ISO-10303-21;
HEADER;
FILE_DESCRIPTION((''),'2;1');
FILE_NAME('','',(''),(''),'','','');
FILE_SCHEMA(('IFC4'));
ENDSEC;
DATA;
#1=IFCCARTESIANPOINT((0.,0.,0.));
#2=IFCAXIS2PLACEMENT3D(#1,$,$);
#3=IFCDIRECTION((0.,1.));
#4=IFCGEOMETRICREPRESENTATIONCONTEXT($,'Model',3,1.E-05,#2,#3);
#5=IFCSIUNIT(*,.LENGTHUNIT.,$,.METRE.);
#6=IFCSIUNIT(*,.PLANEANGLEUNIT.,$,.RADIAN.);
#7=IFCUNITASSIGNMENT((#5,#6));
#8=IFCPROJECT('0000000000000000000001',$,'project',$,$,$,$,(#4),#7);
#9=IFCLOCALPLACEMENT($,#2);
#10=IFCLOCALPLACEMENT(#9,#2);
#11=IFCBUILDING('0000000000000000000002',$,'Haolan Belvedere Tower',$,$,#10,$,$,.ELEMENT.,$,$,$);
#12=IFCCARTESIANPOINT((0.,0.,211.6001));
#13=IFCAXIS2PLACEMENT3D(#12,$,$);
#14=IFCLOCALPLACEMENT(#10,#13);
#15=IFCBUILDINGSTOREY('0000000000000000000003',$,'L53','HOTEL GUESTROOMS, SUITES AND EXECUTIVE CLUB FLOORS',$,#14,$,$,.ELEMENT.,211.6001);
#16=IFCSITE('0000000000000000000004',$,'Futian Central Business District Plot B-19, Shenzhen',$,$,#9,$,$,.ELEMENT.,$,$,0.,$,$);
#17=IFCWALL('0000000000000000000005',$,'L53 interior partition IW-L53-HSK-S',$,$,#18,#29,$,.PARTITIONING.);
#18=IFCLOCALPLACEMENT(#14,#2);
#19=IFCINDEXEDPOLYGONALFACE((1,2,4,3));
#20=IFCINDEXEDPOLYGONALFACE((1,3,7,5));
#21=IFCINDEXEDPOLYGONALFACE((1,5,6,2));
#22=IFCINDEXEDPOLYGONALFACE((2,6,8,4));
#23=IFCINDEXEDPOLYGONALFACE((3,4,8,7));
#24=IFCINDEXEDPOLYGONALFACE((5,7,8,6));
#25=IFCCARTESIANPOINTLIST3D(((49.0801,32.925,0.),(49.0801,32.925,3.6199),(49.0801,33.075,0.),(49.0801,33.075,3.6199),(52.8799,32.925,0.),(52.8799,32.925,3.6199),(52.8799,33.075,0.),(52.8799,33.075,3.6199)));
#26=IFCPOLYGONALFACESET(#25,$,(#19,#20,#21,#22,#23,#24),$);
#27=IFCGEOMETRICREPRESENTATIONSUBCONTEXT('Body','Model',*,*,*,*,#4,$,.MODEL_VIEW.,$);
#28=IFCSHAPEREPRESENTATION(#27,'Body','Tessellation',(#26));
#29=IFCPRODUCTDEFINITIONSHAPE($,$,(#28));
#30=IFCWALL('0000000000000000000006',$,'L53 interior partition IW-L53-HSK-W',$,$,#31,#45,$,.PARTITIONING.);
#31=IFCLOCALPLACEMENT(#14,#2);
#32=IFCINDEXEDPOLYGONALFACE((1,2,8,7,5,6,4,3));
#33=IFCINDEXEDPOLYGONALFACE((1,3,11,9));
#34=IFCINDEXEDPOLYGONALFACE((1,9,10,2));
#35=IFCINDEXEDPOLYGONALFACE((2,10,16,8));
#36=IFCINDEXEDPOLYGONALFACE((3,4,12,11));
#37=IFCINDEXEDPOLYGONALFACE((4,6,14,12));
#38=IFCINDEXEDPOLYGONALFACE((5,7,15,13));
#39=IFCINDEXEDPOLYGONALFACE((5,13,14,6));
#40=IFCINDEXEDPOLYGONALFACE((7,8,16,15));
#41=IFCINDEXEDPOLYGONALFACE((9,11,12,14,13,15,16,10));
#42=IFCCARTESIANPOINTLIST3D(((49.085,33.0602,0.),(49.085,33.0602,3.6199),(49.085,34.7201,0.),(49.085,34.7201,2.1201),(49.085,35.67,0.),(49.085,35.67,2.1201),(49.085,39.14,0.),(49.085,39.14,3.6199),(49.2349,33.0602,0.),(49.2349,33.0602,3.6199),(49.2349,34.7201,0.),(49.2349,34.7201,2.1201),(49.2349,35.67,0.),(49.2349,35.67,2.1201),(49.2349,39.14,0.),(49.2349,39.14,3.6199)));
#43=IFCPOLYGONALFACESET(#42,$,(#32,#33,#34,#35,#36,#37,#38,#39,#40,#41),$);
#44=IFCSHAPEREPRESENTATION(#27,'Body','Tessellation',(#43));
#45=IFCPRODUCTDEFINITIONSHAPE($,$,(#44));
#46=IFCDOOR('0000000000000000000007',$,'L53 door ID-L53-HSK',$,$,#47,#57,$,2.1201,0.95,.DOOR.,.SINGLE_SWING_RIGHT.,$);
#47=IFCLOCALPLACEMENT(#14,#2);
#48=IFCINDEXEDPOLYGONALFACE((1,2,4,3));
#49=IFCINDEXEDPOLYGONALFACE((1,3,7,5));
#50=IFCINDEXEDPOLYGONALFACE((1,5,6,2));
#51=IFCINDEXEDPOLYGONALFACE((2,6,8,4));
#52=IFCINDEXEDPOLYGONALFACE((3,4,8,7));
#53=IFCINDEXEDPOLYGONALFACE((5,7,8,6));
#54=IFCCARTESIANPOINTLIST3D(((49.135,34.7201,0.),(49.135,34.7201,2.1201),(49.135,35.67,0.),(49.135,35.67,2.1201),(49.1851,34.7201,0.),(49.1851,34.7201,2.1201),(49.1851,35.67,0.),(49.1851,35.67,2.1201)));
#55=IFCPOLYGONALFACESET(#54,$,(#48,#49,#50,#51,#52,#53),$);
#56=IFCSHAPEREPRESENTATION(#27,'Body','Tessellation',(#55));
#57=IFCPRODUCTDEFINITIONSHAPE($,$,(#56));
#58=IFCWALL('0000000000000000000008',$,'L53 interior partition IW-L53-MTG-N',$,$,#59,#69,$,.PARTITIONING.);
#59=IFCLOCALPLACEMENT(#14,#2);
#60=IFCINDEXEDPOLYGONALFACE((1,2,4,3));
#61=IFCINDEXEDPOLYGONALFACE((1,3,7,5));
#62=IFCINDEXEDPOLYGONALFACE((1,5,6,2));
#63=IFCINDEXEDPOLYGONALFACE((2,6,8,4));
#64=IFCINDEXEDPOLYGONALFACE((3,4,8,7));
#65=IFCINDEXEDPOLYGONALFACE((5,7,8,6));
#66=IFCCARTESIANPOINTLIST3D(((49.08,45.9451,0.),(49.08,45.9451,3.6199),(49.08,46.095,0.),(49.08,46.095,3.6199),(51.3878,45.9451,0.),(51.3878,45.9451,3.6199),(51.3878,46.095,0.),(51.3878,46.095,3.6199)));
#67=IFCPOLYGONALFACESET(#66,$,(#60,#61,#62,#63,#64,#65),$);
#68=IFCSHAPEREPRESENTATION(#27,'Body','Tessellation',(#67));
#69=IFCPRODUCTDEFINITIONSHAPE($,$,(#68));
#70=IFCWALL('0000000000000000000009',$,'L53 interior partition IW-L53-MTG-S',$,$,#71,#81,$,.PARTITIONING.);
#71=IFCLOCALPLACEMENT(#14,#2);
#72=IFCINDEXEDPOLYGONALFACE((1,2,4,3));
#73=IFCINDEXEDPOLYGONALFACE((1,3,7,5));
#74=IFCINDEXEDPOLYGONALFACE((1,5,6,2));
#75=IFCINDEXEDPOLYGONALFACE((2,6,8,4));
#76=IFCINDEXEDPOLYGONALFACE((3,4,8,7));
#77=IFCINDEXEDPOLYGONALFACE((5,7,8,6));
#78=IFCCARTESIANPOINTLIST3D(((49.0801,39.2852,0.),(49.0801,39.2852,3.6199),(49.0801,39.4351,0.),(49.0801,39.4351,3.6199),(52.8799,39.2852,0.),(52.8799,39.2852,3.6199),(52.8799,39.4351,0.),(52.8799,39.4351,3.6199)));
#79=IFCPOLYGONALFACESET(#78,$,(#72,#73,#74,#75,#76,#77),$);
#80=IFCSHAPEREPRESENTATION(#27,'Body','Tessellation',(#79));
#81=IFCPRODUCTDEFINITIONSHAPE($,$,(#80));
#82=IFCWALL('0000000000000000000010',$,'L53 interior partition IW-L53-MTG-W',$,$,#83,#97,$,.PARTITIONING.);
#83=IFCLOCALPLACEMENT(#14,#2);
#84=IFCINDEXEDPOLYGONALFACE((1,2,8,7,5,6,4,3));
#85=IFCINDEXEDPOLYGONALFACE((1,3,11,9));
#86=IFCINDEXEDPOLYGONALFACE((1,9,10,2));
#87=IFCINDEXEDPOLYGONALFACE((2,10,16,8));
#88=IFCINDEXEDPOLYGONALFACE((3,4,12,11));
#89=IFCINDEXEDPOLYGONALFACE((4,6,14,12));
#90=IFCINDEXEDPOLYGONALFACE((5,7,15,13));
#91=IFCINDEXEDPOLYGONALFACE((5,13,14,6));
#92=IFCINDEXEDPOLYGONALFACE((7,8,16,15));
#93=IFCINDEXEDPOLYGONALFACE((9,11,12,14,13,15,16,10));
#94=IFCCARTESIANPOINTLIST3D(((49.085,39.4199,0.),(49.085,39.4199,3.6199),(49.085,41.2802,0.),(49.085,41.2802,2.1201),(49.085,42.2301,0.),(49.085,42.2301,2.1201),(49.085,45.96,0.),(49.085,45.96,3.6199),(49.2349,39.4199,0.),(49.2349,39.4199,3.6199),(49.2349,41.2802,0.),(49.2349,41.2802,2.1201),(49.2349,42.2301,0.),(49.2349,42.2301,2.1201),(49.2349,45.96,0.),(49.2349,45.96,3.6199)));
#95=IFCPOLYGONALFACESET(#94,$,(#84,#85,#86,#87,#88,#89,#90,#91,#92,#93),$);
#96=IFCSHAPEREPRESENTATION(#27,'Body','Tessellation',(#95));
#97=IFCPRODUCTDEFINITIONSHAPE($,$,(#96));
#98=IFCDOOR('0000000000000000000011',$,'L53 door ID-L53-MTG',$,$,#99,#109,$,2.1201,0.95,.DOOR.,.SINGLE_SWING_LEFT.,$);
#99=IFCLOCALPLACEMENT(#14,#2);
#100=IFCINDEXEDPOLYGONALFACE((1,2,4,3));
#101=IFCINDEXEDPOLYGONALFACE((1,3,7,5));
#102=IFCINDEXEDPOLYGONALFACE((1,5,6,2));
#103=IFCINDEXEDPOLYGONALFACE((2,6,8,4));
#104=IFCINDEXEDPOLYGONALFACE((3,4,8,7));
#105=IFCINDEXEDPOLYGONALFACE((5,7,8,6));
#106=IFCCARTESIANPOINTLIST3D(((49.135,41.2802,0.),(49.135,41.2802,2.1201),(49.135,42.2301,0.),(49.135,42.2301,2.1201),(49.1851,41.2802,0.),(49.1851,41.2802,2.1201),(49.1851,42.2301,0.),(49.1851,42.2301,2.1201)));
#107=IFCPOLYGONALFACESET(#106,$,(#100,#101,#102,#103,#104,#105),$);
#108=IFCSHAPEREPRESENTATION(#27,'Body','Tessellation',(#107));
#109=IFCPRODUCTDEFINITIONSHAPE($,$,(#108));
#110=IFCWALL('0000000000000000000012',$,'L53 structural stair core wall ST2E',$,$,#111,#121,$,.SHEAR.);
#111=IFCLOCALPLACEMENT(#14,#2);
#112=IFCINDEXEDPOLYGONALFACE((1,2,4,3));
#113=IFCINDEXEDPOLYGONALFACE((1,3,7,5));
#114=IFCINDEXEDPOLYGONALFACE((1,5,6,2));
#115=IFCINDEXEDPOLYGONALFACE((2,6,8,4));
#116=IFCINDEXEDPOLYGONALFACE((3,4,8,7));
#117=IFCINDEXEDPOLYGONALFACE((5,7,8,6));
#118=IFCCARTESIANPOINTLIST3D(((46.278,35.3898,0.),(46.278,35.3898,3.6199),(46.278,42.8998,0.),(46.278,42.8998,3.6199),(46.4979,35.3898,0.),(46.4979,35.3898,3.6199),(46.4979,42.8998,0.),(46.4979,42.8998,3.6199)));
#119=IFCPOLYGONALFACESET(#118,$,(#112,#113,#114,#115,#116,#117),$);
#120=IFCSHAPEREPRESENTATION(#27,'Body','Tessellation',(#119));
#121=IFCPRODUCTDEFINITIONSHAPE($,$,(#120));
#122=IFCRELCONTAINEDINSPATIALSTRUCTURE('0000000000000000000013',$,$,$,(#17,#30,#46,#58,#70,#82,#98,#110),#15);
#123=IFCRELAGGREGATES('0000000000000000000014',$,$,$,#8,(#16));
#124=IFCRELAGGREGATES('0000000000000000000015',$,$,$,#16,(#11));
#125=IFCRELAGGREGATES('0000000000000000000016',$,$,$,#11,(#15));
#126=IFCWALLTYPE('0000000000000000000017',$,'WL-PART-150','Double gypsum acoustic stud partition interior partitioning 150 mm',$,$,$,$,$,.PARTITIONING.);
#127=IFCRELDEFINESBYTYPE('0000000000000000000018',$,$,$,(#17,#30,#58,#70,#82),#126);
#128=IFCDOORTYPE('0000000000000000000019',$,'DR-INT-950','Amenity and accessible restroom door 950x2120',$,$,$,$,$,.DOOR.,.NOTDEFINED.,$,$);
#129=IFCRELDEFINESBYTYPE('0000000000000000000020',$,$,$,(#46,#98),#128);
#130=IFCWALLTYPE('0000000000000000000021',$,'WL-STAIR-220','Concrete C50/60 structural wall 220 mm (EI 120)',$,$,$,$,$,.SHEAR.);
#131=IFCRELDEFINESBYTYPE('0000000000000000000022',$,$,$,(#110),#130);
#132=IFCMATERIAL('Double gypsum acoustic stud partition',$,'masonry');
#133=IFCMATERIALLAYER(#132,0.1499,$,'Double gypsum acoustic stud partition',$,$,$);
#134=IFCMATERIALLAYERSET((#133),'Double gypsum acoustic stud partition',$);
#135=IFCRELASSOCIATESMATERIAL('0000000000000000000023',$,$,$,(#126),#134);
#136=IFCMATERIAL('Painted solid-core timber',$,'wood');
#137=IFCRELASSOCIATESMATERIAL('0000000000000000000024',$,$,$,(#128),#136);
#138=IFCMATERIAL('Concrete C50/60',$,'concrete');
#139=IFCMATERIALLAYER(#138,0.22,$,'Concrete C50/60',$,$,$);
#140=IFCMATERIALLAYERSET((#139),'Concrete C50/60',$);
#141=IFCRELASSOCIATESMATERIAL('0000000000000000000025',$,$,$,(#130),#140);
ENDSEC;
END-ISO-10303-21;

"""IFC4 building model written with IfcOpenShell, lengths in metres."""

from ifc_helpers import new_model, si_unit, direction, frame, frame_2d, origin, place, context, subcontext, project, spatial, rectangle, extrude, material, layer, layer_set, type_object, element, fill, save


model = new_model("IFC4")

# Units and contexts
model_context = context("Model", 3, precision=1e-05, world=origin(), true_north=direction((0.0, 1.0)))
body_context = subcontext(model_context, "Body", "Model", "MODEL_VIEW")
ifc_project = project(units=[si_unit("LENGTHUNIT", "METRE"), si_unit("PLANEANGLEUNIT", "RADIAN")], contexts=[model_context])

# Site, building, storey
site_placement = place(None, origin())
site = spatial("IfcSite", under=ifc_project, at=site_placement, Name="Futian Central Business District Plot B-19, Shenzhen", CompositionType="ELEMENT", RefElevation=0.0)
building_placement = place(site_placement, origin())
building = spatial("IfcBuilding", under=site, at=building_placement, Name="Haolan Belvedere Tower", CompositionType="ELEMENT")
storey_placement = place(building_placement, frame((0.0, 0.0, 211.6001)))
storey = spatial("IfcBuildingStorey", under=building, at=storey_placement, Name="L53", Description="HOTEL GUESTROOMS, SUITES AND EXECUTIVE CLUB FLOORS", CompositionType="ELEMENT", Elevation=211.6001)

# Wall
ifc_material_1 = material(Name="Double gypsum acoustic stud partition", Category="masonry")
ifc_layer_1 = layer(ifc_material_1, 0.1499, Name="Double gypsum acoustic stud partition")
ifc_layer_set_1 = layer_set([ifc_layer_1], Name="Double gypsum acoustic stud partition")
wall_type_1 = type_object("IfcWallType", Name="WL-PART-150", Description="Double gypsum acoustic stud partition interior partitioning 150 mm", PredefinedType="PARTITIONING", material=ifc_layer_set_1)
for number, where, z_axis, x_axis, name in (
    (1, (49.0801, 33.0, 0.0), (0.0, 0.0, 1.0), (1.0, 0.0, 0.0), "L53 interior partition IW-L53-HSK-S"),
):
    element("IfcWall", number, at=place(storey_placement, frame(where, z_axis=z_axis, x_axis=x_axis)), inside=storey, type_object=wall_type_1, Name=name, PredefinedType="PARTITIONING", context=body_context, shape_type="SweptSolid", body=[
        extrude(rectangle(XDim=3.7998, YDim=0.1499, at=frame_2d((1.8999, 0.0))), origin(), (0.0, 0.0, 1.0), 3.6199),
    ])

# Wall, opening, door
wall_1_placement = place(storey_placement, frame((49.1599, 33.0601, 0.0), z_axis=(0.0, 0.0, 1.0), x_axis=(0.0, 1.0, 0.0)))
wall_1 = element("IfcWall", 2, at=wall_1_placement, inside=storey, type_object=wall_type_1, Name="L53 interior partition IW-L53-HSK-W", PredefinedType="PARTITIONING", context=body_context, shape_type="SweptSolid", body=[
    extrude(rectangle(XDim=6.0798, YDim=0.1499, at=frame_2d((3.04, 0.0))), origin(), (0.0, 0.0, 1.0), 3.6199),
])
opening_1_placement = place(wall_1_placement, frame((1.6599, 0.0, 0.0)))
opening_1 = element("IfcOpeningElement", 3, at=opening_1_placement, cuts=wall_1, PredefinedType="OPENING", context=body_context, shape_type="SweptSolid", body=[
    extrude(rectangle(XDim=0.95, YDim=2.1201, at=frame_2d((0.4751, 1.0601))), frame((0.0, 0.085, 0.0), z_axis=(0.0, -1.0, 0.0), x_axis=(1.0, 0.0, 0.0)), (0.0, 0.0, 1.0), 0.1699),
])
ifc_material_2 = material(Name="Painted solid-core timber", Category="wood")
door_type = type_object("IfcDoorType", Name="DR-INT-950", Description="Amenity and accessible restroom door 950x2120", OperationType="NOTDEFINED", PredefinedType="DOOR", material=ifc_material_2)
door_1_placement = place(opening_1_placement, origin())
door_1 = element("IfcDoor", 4, at=door_1_placement, inside=storey, type_object=door_type, Name="L53 door ID-L53-HSK", OperationType="SINGLE_SWING_RIGHT", OverallHeight=2.1201, OverallWidth=0.95, PredefinedType="DOOR", context=body_context, shape_type="SweptSolid", body=[
    extrude(rectangle(XDim=0.95, YDim=2.1201, at=frame_2d((0.4751, 1.0601))), frame((0.0, 0.0249, 0.0), z_axis=(0.0, -1.0, 0.0), x_axis=(1.0, 0.0, 0.0)), (0.0, 0.0, 1.0), 0.05),
])
fill(opening_1, door_1)

# Walls
wall_2_placement = place(storey_placement, frame((49.0801, 46.02, 0.0), z_axis=(0.0, 0.0, 1.0), x_axis=(1.0, 0.0, 0.0)))
element("IfcWall", 5, at=wall_2_placement, inside=storey, type_object=wall_type_1, Name="L53 interior partition IW-L53-MTG-N", PredefinedType="PARTITIONING", context=body_context, shape_type="SweptSolid", body=[
    extrude(rectangle(XDim=2.3079, YDim=0.1499, at=frame_2d((1.1538, 0.0))), origin(), (0.0, 0.0, 1.0), 3.6199),
])
wall_3_placement = place(storey_placement, frame((49.0801, 39.3601, 0.0), z_axis=(0.0, 0.0, 1.0), x_axis=(1.0, 0.0, 0.0)))
element("IfcWall", 6, at=wall_3_placement, inside=storey, type_object=wall_type_1, Name="L53 interior partition IW-L53-MTG-S", PredefinedType="PARTITIONING", context=body_context, shape_type="SweptSolid", body=[
    extrude(rectangle(XDim=3.7998, YDim=0.1499, at=frame_2d((1.8999, 0.0))), origin(), (0.0, 0.0, 1.0), 3.6199),
])

# Wall, opening, door
wall_4_placement = place(storey_placement, frame((49.1599, 39.4199, 0.0), z_axis=(0.0, 0.0, 1.0), x_axis=(0.0, 1.0, 0.0)))
wall_4 = element("IfcWall", 7, at=wall_4_placement, inside=storey, type_object=wall_type_1, Name="L53 interior partition IW-L53-MTG-W", PredefinedType="PARTITIONING", context=body_context, shape_type="SweptSolid", body=[
    extrude(rectangle(XDim=6.54, YDim=0.1499, at=frame_2d((3.27, 0.0))), origin(), (0.0, 0.0, 1.0), 3.6199),
])
opening_2_placement = place(wall_4_placement, frame((1.8601, 0.0, 0.0)))
opening_2 = element("IfcOpeningElement", 8, at=opening_2_placement, cuts=wall_4, PredefinedType="OPENING", context=body_context, shape_type="SweptSolid", body=[
    extrude(rectangle(XDim=0.95, YDim=2.1201, at=frame_2d((0.4751, 1.0601))), frame((0.0, 0.085, 0.0), z_axis=(0.0, -1.0, 0.0), x_axis=(1.0, 0.0, 0.0)), (0.0, 0.0, 1.0), 0.1699),
])
door_2_placement = place(opening_2_placement, origin())
door_2 = element("IfcDoor", 9, at=door_2_placement, inside=storey, type_object=door_type, Name="L53 door ID-L53-MTG", OperationType="SINGLE_SWING_LEFT", OverallHeight=2.1201, OverallWidth=0.95, PredefinedType="DOOR", context=body_context, shape_type="SweptSolid", body=[
    extrude(rectangle(XDim=0.95, YDim=2.1201, at=frame_2d((0.4751, 1.0601))), frame((0.0, 0.0249, 0.0), z_axis=(0.0, -1.0, 0.0), x_axis=(1.0, 0.0, 0.0)), (0.0, 0.0, 1.0), 0.05),
])
fill(opening_2, door_2)

# Wall
ifc_material_3 = material(Name="Concrete C50/60", Category="concrete")
ifc_layer_2 = layer(ifc_material_3, 0.22, Name="Concrete C50/60")
ifc_layer_set_2 = layer_set([ifc_layer_2], Name="Concrete C50/60")
wall_type_2 = type_object("IfcWallType", Name="WL-STAIR-220", Description="Concrete C50/60 structural wall 220 mm (EI 120)", PredefinedType="SHEAR", material=ifc_layer_set_2)
wall_5_placement = place(storey_placement, frame((46.3879, 35.3899, 0.0), z_axis=(0.0, 0.0, 1.0), x_axis=(0.0, 1.0, 0.0)))
element("IfcWall", 10, at=wall_5_placement, inside=storey, type_object=wall_type_2, Name="L53 structural stair core wall ST2E", PredefinedType="SHEAR", context=body_context, shape_type="SweptSolid", body=[
    extrude(rectangle(XDim=7.51, YDim=0.22, at=frame_2d((3.7549, 0.0))), origin(), (0.0, 0.0, 1.0), 3.6199),
])

save(model, "model.ifc")
